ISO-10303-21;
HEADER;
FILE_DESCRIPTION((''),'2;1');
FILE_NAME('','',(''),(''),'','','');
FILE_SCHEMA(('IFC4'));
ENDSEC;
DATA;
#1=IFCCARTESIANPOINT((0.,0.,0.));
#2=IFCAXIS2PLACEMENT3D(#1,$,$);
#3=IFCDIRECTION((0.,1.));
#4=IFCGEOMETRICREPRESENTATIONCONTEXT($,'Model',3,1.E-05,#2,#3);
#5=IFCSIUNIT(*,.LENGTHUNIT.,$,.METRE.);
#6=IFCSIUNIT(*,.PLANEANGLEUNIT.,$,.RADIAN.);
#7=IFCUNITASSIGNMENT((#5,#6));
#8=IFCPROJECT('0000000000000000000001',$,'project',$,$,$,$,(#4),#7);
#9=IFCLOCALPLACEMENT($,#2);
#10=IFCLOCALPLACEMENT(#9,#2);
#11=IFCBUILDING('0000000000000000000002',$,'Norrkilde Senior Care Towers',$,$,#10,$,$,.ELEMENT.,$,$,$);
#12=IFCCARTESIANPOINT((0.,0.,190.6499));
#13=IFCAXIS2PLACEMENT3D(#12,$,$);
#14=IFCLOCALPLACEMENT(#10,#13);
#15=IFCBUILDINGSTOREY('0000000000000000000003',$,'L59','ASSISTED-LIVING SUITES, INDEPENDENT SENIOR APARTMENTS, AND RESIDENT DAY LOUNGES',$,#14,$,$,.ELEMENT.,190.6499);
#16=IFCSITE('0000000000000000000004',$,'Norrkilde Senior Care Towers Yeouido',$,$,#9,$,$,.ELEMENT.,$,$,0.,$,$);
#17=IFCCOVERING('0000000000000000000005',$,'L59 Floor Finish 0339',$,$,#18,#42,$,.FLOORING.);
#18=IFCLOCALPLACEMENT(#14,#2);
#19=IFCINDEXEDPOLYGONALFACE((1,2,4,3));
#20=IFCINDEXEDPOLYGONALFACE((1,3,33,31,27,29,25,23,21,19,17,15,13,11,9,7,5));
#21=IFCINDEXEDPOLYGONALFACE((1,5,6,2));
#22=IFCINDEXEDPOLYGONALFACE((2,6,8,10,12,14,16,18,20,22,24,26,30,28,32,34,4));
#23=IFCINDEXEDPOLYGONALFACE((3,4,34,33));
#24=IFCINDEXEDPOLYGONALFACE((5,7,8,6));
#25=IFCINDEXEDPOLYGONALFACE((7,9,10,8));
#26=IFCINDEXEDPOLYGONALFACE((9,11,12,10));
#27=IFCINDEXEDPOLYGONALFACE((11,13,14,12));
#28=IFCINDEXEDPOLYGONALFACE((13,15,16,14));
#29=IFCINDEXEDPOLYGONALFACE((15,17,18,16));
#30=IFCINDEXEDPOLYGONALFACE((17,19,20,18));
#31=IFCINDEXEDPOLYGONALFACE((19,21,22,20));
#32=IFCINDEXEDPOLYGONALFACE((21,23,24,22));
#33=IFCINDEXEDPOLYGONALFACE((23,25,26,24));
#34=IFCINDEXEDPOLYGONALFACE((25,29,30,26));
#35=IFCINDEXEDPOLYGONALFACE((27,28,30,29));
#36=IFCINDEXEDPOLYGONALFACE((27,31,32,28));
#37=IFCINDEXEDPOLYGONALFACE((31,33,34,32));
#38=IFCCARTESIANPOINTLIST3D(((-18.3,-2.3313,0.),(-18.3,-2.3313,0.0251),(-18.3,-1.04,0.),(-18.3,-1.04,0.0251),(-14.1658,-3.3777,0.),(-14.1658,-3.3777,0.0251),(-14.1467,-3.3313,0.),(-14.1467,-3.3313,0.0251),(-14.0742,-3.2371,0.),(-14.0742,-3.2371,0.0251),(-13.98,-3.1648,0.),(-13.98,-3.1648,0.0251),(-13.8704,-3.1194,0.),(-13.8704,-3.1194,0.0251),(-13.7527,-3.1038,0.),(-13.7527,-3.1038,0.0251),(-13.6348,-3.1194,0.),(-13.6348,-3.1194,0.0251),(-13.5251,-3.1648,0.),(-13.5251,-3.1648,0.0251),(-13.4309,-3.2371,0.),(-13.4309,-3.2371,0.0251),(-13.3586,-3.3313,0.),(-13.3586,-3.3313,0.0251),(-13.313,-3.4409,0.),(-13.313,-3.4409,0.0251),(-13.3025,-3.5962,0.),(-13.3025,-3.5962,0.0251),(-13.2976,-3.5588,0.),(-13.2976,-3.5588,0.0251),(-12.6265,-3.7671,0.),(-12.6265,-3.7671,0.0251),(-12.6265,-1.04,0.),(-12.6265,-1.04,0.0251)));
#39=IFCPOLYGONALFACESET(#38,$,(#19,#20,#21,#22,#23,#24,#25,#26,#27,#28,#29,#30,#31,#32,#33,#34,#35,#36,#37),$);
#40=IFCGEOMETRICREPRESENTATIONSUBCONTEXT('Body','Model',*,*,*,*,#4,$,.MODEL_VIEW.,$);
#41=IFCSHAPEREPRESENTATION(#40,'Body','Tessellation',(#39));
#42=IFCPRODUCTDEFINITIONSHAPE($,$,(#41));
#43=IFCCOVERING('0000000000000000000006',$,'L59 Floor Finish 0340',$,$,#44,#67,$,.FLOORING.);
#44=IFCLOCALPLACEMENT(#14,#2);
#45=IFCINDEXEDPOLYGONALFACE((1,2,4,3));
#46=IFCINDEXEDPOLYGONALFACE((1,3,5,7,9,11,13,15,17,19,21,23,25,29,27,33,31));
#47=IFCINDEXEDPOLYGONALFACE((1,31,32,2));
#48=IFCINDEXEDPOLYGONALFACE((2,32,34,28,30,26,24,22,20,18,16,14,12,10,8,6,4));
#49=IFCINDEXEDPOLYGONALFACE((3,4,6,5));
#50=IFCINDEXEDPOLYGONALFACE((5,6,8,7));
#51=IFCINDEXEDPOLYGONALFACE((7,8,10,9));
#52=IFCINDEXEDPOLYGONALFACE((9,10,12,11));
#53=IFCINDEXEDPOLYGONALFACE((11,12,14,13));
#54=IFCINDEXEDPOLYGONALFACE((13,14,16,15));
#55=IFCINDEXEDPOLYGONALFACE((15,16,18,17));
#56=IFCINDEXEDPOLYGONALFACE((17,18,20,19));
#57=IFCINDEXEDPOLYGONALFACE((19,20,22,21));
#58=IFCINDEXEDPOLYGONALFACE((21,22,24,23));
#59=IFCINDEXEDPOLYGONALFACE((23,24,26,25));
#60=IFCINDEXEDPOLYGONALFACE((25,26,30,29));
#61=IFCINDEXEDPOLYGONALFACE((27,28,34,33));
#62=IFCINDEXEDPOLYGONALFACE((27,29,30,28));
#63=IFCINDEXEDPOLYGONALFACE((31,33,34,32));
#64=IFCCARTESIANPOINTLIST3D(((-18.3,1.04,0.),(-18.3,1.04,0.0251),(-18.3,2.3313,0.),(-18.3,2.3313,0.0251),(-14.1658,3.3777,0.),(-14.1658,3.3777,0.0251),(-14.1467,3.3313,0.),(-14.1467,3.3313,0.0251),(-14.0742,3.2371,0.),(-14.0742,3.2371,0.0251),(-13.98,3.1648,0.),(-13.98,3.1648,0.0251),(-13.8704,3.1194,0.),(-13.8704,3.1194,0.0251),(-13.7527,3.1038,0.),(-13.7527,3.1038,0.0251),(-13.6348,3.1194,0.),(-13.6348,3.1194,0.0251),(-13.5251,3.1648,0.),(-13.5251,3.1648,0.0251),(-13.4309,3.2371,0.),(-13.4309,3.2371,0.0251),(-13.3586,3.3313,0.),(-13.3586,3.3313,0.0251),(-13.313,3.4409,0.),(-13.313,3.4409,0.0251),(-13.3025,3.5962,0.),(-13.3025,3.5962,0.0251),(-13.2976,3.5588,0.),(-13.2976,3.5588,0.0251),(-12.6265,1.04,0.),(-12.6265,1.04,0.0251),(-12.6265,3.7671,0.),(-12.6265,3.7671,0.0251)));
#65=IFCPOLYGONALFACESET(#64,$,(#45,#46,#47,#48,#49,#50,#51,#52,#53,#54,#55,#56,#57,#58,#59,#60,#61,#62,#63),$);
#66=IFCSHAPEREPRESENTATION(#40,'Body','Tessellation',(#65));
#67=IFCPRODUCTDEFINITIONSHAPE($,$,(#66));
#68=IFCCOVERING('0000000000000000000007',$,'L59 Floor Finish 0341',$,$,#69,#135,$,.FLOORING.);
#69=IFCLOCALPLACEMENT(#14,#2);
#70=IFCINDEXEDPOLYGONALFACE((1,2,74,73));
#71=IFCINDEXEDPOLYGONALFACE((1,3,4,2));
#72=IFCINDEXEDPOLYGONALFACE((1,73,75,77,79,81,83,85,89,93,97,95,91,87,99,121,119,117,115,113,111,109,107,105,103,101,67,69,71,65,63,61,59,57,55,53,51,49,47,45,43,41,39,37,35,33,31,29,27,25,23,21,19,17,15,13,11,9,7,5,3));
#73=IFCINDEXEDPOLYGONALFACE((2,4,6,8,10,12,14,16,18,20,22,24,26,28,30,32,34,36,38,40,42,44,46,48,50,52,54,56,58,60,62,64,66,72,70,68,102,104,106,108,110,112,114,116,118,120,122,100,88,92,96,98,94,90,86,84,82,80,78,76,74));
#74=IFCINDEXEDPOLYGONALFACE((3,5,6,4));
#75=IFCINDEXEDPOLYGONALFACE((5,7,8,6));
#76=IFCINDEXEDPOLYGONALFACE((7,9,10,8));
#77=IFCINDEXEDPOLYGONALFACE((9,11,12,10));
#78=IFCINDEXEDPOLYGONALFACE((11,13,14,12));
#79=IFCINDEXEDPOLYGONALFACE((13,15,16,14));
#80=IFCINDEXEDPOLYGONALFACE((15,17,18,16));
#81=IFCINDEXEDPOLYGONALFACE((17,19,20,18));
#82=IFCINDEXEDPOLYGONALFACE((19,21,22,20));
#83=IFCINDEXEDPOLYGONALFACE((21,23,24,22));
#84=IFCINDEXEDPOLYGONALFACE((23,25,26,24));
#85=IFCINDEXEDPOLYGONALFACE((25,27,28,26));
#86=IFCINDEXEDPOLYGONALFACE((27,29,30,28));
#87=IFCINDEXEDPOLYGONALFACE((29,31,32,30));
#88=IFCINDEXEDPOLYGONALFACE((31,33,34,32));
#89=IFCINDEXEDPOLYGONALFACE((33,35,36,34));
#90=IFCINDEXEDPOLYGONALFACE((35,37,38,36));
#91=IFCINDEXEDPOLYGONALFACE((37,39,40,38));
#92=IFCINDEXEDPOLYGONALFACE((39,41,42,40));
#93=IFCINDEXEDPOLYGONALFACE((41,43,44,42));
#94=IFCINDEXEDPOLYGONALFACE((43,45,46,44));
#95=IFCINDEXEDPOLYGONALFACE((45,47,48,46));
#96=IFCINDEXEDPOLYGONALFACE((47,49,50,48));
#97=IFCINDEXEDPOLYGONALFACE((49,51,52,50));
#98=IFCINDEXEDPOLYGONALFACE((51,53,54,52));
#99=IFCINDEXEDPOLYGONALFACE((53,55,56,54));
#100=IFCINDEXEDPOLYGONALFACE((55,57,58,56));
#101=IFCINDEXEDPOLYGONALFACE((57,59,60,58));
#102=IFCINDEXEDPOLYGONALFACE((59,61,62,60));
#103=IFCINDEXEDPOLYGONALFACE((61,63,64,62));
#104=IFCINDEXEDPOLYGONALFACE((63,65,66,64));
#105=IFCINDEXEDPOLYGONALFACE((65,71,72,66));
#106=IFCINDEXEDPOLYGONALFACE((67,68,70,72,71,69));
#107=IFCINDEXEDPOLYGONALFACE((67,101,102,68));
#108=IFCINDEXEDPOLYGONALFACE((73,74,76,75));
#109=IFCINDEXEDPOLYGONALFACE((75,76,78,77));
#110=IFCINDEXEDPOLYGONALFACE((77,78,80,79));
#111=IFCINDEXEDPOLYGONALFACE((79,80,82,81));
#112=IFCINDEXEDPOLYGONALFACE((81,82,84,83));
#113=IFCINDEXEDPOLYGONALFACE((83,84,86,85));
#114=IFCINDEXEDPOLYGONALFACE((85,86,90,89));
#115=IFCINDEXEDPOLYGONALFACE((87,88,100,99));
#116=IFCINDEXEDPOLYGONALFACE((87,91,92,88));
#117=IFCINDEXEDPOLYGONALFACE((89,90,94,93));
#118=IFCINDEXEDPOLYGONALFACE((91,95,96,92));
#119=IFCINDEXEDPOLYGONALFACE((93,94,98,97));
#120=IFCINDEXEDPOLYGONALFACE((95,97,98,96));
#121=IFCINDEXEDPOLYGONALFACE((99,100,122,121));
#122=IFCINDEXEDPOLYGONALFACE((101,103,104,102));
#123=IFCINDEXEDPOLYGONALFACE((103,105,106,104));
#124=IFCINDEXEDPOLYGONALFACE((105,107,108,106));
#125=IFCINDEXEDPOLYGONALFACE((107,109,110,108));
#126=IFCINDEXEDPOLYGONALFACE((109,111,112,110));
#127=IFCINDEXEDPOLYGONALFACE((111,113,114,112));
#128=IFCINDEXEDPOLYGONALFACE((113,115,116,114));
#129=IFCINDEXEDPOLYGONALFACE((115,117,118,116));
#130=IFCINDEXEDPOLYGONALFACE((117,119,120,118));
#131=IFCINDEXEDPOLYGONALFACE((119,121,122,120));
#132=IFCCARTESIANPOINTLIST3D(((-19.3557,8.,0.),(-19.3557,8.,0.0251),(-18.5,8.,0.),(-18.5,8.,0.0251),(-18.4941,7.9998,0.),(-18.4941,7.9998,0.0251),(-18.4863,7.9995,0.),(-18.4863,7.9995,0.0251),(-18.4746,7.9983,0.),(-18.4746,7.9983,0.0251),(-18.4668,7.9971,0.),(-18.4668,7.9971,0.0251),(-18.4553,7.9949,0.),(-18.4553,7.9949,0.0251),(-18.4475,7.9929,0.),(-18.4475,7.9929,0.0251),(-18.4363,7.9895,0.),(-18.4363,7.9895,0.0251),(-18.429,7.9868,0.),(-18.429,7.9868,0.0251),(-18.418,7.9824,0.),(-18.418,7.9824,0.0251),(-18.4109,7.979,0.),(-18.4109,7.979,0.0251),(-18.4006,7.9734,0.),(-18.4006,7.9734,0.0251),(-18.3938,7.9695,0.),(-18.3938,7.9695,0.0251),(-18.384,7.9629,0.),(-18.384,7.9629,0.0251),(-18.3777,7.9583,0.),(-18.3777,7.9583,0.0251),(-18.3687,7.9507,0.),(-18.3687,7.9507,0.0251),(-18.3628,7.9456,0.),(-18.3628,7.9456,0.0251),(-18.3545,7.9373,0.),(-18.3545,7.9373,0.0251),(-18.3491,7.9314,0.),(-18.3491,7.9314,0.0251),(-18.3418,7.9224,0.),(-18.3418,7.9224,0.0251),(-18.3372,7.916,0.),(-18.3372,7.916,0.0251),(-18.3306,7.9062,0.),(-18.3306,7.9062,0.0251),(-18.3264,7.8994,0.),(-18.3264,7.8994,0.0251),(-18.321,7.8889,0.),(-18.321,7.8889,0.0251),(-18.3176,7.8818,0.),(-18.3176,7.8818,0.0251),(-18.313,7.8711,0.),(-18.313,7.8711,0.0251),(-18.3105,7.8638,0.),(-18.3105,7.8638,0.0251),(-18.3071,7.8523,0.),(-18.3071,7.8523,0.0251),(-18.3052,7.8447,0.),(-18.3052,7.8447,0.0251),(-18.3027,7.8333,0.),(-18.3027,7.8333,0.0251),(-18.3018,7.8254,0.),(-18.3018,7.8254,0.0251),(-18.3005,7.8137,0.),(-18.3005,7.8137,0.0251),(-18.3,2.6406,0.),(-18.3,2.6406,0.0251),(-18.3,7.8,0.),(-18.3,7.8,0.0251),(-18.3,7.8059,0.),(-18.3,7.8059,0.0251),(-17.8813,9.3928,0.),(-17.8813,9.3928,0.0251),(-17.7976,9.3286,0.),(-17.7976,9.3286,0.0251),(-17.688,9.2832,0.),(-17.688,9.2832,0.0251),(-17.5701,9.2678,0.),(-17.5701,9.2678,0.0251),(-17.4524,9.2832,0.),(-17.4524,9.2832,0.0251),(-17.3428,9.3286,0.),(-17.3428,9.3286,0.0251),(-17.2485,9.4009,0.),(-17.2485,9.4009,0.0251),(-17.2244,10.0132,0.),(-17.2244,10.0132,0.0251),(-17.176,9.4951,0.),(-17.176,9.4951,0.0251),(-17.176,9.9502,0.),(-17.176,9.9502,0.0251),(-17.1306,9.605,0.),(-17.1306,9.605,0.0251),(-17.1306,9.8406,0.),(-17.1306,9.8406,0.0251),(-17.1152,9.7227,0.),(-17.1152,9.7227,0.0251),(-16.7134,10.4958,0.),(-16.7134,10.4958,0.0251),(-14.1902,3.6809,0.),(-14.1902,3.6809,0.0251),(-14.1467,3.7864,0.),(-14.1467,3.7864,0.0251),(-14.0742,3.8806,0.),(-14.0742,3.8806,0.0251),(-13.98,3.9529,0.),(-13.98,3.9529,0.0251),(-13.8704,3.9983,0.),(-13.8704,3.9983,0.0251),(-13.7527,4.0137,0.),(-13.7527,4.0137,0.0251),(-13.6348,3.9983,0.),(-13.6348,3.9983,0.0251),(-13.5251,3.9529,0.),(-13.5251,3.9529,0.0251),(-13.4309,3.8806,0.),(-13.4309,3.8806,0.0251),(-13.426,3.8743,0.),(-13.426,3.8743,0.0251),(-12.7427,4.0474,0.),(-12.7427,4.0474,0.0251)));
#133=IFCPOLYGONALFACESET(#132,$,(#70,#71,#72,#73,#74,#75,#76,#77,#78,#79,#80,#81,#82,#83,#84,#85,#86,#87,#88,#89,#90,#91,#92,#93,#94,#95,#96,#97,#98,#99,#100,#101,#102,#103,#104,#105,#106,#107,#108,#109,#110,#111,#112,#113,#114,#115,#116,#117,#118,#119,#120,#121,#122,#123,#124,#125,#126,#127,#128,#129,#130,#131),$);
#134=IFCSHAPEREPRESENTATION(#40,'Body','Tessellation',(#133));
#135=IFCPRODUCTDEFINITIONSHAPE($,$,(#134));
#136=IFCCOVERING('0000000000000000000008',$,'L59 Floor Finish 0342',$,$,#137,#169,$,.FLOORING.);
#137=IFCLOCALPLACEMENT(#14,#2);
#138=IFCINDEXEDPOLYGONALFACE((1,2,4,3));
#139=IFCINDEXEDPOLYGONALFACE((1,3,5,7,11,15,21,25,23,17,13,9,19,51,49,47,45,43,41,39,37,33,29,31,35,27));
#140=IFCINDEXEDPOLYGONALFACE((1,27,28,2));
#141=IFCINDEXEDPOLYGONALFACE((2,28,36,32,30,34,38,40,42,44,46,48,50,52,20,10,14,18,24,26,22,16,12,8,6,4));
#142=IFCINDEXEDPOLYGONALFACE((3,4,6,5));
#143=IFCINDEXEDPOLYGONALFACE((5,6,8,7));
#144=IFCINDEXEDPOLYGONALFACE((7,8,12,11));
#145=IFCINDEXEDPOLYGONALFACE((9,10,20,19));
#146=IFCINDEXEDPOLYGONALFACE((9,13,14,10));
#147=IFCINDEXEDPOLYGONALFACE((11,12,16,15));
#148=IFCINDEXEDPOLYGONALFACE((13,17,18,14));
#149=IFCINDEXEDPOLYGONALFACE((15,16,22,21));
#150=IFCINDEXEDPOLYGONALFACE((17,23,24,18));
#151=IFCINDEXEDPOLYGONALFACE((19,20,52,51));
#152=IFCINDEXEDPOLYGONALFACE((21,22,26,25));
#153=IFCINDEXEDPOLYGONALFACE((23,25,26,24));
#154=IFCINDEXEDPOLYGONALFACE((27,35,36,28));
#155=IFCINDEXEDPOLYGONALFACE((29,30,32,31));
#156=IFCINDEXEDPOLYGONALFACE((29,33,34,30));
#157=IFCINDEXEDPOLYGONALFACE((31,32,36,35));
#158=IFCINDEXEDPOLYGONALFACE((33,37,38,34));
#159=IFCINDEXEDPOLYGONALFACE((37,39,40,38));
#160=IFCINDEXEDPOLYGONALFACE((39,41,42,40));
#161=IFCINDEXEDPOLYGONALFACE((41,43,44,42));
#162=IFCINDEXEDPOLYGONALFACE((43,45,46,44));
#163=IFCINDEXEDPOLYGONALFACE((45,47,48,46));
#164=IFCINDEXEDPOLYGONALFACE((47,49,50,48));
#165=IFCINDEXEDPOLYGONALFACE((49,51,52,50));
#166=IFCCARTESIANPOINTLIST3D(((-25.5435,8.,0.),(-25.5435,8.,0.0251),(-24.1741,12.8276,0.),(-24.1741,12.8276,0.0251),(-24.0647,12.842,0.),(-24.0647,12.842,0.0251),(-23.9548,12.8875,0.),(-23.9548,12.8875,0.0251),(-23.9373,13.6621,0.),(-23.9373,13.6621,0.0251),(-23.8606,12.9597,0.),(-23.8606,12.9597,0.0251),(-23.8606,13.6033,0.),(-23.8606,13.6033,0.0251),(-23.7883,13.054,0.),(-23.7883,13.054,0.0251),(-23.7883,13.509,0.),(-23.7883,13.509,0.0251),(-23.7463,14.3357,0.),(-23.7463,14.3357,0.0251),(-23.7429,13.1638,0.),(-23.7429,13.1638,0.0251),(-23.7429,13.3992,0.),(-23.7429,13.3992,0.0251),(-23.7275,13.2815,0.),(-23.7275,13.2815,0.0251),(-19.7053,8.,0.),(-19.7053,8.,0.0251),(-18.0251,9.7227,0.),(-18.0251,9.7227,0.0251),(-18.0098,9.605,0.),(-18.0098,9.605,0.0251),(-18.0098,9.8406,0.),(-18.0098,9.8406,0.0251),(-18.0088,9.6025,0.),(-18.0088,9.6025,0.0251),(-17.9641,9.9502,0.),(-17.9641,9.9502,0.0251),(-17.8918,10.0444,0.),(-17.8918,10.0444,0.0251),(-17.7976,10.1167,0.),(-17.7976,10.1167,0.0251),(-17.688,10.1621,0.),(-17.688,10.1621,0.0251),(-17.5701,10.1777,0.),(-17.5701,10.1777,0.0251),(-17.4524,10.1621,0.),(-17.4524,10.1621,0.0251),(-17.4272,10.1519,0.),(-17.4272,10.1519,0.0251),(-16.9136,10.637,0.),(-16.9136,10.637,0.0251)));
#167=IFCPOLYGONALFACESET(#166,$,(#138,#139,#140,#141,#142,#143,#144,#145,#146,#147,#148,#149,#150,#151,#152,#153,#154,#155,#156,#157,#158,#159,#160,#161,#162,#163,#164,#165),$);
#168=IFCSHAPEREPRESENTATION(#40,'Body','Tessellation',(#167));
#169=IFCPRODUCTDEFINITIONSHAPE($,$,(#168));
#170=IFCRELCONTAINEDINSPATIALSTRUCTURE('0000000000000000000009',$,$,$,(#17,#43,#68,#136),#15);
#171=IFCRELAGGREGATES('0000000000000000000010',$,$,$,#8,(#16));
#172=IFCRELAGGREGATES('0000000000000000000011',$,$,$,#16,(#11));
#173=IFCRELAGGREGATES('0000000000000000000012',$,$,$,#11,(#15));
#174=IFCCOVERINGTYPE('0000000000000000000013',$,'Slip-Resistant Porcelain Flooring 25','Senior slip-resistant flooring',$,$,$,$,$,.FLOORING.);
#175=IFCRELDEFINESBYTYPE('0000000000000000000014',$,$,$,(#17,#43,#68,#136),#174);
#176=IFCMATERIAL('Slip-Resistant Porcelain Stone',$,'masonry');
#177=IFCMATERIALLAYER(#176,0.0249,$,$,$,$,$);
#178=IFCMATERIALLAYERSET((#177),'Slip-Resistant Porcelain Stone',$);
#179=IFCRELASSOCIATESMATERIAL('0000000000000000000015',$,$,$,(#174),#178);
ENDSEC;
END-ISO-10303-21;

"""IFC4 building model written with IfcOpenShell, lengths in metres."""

from ifc_helpers import new_model, si_unit, direction, frame, origin, place, context, subcontext, project, spatial, polyline, outline, extrude, material, layer, layer_set, type_object, element, save


model = new_model("IFC4")

# Units and contexts
model_context = context("Model", 3, precision=1e-05, world=origin(), true_north=direction((0.0, 1.0)))
body_context = subcontext(model_context, "Body", "Model", "MODEL_VIEW")
ifc_project = project(units=[si_unit("LENGTHUNIT", "METRE"), si_unit("PLANEANGLEUNIT", "RADIAN")], contexts=[model_context])

# Site, building, storey
site_placement = place(None, origin())
site = spatial("IfcSite", under=ifc_project, at=site_placement, Name="Norrkilde Senior Care Towers Yeouido", CompositionType="ELEMENT", RefElevation=0.0)
building_placement = place(site_placement, origin())
building = spatial("IfcBuilding", under=site, at=building_placement, Name="Norrkilde Senior Care Towers", CompositionType="ELEMENT")
storey_placement = place(building_placement, frame((0.0, 0.0, 190.6499)))
storey = spatial("IfcBuildingStorey", under=building, at=storey_placement, Name="L59", Description="ASSISTED-LIVING SUITES, INDEPENDENT SENIOR APARTMENTS, AND RESIDENT DAY LOUNGES", CompositionType="ELEMENT", Elevation=190.6499)

# Coverings
ifc_material_1 = material(Name="Slip-Resistant Porcelain Stone", Category="masonry")
ifc_layer_1 = layer(ifc_material_1, 0.0249)
ifc_layer_set_1 = layer_set([ifc_layer_1], Name="Slip-Resistant Porcelain Stone")
covering_type_1 = type_object("IfcCoveringType", Name="Slip-Resistant Porcelain Flooring 25", Description="Senior slip-resistant flooring", PredefinedType="FLOORING", material=ifc_layer_set_1)
covering_1_placement = place(storey_placement, origin())
element("IfcCovering", 1, at=covering_1_placement, inside=storey, type_object=covering_type_1, Name="L59 Floor Finish 0339", PredefinedType="FLOORING", context=body_context, shape_type="SweptSolid", body=[
    extrude(outline(polyline([(-12.6265, -3.7671), (-13.3025, -3.5962), (-13.2976, -3.5588), (-13.313, -3.4409), (-13.3586, -3.3313), (-13.4309, -3.2371), (-13.5251, -3.1648), (-13.6348, -3.1194), (-13.7527, -3.1038), (-13.8704, -3.1194), (-13.98, -3.1648), (-14.0742, -3.2371), (-14.1467, -3.3313), (-14.1658, -3.3777), (-18.3, -2.3313), (-18.3, -1.04), (-12.6265, -1.04), (-12.6265, -3.7671)])), origin(), (0.0, 0.0, 1.0), 0.0251),
])
covering_2_placement = place(storey_placement, origin())
element("IfcCovering", 2, at=covering_2_placement, inside=storey, type_object=covering_type_1, Name="L59 Floor Finish 0340", PredefinedType="FLOORING", context=body_context, shape_type="SweptSolid", body=[
    extrude(outline(polyline([(-12.6265, 1.04), (-18.3, 1.04), (-18.3, 2.3313), (-14.1658, 3.3777), (-14.1467, 3.3313), (-14.0742, 3.2371), (-13.98, 3.1648), (-13.8704, 3.1194), (-13.7527, 3.1038), (-13.6348, 3.1194), (-13.5251, 3.1648), (-13.4309, 3.2371), (-13.3586, 3.3313), (-13.313, 3.4409), (-13.2976, 3.5588), (-13.3025, 3.5962), (-12.6265, 3.7671), (-12.6265, 1.04)])), origin(), (0.0, 0.0, 1.0), 0.0251),
])
covering_3_placement = place(storey_placement, origin())
element("IfcCovering", 3, at=covering_3_placement, inside=storey, type_object=covering_type_1, Name="L59 Floor Finish 0341", PredefinedType="FLOORING", context=body_context, shape_type="SweptSolid", body=[
    extrude(outline(polyline([(-18.3027, 7.8333), (-18.3052, 7.8447), (-18.3071, 7.8523), (-18.3105, 7.8638), (-18.313, 7.8711), (-18.3176, 7.8818), (-18.321, 7.8889), (-18.3264, 7.8994), (-18.3306, 7.9062), (-18.3372, 7.916), (-18.3418, 7.9224), (-18.3491, 7.9314), (-18.3545, 7.9373), (-18.3628, 7.9456), (-18.3687, 7.9507), (-18.3777, 7.9583), (-18.384, 7.9629), (-18.3938, 7.9695), (-18.4006, 7.9734), (-18.4109, 7.979), (-18.418, 7.9824), (-18.429, 7.9868), (-18.4363, 7.9895), (-18.4475, 7.9929), (-18.4553, 7.9949), (-18.4668, 7.9971), (-18.4746, 7.9983), (-18.4863, 7.9995), (-18.4941, 7.9998), (-18.5, 8.0), (-19.3557, 8.0), (-17.8813, 9.3928), (-17.7976, 9.3286), (-17.688, 9.2832), (-17.5701, 9.2678), (-17.4524, 9.2832), (-17.3428, 9.3286), (-17.2485, 9.4009), (-17.176, 9.4951), (-17.1306, 9.605), (-17.1152, 9.7227), (-17.1306, 9.8406), (-17.176, 9.9502), (-17.2244, 10.0132), (-16.7134, 10.4958), (-12.7427, 4.0474), (-13.426, 3.8743), (-13.4309, 3.8806), (-13.5251, 3.9529), (-13.6348, 3.9983), (-13.7527, 4.0137), (-13.8704, 3.9983), (-13.98, 3.9529), (-14.0742, 3.8806), (-14.1467, 3.7864), (-14.1902, 3.6809), (-18.3, 2.6406), (-18.3, 7.8), (-18.3, 7.8059), (-18.3005, 7.8137), (-18.3018, 7.8254), (-18.3027, 7.8333)])), origin(), (0.0, 0.0, 1.0), 0.0251),
])
covering_4_placement = place(storey_placement, origin())
element("IfcCovering", 4, at=covering_4_placement, inside=storey, type_object=covering_type_1, Name="L59 Floor Finish 0342", PredefinedType="FLOORING", context=body_context, shape_type="SweptSolid", body=[
    extrude(outline(polyline([(-17.4524, 10.1621), (-17.5701, 10.1777), (-17.688, 10.1621), (-17.7976, 10.1167), (-17.8918, 10.0444), (-17.9641, 9.9502), (-18.0098, 9.8406), (-18.0251, 9.7227), (-18.0098, 9.605), (-18.0088, 9.6025), (-19.7053, 8.0), (-25.5435, 8.0), (-24.1741, 12.8276), (-24.0647, 12.842), (-23.9548, 12.8875), (-23.8606, 12.9597), (-23.7883, 13.054), (-23.7429, 13.1638), (-23.7275, 13.2815), (-23.7429, 13.3992), (-23.7883, 13.509), (-23.8606, 13.6033), (-23.9373, 13.6621), (-23.7463, 14.3357), (-16.9136, 10.637), (-17.4272, 10.1519), (-17.4524, 10.1621)])), origin(), (0.0, 0.0, 1.0), 0.0251),
])

save(model, "model.ifc")
